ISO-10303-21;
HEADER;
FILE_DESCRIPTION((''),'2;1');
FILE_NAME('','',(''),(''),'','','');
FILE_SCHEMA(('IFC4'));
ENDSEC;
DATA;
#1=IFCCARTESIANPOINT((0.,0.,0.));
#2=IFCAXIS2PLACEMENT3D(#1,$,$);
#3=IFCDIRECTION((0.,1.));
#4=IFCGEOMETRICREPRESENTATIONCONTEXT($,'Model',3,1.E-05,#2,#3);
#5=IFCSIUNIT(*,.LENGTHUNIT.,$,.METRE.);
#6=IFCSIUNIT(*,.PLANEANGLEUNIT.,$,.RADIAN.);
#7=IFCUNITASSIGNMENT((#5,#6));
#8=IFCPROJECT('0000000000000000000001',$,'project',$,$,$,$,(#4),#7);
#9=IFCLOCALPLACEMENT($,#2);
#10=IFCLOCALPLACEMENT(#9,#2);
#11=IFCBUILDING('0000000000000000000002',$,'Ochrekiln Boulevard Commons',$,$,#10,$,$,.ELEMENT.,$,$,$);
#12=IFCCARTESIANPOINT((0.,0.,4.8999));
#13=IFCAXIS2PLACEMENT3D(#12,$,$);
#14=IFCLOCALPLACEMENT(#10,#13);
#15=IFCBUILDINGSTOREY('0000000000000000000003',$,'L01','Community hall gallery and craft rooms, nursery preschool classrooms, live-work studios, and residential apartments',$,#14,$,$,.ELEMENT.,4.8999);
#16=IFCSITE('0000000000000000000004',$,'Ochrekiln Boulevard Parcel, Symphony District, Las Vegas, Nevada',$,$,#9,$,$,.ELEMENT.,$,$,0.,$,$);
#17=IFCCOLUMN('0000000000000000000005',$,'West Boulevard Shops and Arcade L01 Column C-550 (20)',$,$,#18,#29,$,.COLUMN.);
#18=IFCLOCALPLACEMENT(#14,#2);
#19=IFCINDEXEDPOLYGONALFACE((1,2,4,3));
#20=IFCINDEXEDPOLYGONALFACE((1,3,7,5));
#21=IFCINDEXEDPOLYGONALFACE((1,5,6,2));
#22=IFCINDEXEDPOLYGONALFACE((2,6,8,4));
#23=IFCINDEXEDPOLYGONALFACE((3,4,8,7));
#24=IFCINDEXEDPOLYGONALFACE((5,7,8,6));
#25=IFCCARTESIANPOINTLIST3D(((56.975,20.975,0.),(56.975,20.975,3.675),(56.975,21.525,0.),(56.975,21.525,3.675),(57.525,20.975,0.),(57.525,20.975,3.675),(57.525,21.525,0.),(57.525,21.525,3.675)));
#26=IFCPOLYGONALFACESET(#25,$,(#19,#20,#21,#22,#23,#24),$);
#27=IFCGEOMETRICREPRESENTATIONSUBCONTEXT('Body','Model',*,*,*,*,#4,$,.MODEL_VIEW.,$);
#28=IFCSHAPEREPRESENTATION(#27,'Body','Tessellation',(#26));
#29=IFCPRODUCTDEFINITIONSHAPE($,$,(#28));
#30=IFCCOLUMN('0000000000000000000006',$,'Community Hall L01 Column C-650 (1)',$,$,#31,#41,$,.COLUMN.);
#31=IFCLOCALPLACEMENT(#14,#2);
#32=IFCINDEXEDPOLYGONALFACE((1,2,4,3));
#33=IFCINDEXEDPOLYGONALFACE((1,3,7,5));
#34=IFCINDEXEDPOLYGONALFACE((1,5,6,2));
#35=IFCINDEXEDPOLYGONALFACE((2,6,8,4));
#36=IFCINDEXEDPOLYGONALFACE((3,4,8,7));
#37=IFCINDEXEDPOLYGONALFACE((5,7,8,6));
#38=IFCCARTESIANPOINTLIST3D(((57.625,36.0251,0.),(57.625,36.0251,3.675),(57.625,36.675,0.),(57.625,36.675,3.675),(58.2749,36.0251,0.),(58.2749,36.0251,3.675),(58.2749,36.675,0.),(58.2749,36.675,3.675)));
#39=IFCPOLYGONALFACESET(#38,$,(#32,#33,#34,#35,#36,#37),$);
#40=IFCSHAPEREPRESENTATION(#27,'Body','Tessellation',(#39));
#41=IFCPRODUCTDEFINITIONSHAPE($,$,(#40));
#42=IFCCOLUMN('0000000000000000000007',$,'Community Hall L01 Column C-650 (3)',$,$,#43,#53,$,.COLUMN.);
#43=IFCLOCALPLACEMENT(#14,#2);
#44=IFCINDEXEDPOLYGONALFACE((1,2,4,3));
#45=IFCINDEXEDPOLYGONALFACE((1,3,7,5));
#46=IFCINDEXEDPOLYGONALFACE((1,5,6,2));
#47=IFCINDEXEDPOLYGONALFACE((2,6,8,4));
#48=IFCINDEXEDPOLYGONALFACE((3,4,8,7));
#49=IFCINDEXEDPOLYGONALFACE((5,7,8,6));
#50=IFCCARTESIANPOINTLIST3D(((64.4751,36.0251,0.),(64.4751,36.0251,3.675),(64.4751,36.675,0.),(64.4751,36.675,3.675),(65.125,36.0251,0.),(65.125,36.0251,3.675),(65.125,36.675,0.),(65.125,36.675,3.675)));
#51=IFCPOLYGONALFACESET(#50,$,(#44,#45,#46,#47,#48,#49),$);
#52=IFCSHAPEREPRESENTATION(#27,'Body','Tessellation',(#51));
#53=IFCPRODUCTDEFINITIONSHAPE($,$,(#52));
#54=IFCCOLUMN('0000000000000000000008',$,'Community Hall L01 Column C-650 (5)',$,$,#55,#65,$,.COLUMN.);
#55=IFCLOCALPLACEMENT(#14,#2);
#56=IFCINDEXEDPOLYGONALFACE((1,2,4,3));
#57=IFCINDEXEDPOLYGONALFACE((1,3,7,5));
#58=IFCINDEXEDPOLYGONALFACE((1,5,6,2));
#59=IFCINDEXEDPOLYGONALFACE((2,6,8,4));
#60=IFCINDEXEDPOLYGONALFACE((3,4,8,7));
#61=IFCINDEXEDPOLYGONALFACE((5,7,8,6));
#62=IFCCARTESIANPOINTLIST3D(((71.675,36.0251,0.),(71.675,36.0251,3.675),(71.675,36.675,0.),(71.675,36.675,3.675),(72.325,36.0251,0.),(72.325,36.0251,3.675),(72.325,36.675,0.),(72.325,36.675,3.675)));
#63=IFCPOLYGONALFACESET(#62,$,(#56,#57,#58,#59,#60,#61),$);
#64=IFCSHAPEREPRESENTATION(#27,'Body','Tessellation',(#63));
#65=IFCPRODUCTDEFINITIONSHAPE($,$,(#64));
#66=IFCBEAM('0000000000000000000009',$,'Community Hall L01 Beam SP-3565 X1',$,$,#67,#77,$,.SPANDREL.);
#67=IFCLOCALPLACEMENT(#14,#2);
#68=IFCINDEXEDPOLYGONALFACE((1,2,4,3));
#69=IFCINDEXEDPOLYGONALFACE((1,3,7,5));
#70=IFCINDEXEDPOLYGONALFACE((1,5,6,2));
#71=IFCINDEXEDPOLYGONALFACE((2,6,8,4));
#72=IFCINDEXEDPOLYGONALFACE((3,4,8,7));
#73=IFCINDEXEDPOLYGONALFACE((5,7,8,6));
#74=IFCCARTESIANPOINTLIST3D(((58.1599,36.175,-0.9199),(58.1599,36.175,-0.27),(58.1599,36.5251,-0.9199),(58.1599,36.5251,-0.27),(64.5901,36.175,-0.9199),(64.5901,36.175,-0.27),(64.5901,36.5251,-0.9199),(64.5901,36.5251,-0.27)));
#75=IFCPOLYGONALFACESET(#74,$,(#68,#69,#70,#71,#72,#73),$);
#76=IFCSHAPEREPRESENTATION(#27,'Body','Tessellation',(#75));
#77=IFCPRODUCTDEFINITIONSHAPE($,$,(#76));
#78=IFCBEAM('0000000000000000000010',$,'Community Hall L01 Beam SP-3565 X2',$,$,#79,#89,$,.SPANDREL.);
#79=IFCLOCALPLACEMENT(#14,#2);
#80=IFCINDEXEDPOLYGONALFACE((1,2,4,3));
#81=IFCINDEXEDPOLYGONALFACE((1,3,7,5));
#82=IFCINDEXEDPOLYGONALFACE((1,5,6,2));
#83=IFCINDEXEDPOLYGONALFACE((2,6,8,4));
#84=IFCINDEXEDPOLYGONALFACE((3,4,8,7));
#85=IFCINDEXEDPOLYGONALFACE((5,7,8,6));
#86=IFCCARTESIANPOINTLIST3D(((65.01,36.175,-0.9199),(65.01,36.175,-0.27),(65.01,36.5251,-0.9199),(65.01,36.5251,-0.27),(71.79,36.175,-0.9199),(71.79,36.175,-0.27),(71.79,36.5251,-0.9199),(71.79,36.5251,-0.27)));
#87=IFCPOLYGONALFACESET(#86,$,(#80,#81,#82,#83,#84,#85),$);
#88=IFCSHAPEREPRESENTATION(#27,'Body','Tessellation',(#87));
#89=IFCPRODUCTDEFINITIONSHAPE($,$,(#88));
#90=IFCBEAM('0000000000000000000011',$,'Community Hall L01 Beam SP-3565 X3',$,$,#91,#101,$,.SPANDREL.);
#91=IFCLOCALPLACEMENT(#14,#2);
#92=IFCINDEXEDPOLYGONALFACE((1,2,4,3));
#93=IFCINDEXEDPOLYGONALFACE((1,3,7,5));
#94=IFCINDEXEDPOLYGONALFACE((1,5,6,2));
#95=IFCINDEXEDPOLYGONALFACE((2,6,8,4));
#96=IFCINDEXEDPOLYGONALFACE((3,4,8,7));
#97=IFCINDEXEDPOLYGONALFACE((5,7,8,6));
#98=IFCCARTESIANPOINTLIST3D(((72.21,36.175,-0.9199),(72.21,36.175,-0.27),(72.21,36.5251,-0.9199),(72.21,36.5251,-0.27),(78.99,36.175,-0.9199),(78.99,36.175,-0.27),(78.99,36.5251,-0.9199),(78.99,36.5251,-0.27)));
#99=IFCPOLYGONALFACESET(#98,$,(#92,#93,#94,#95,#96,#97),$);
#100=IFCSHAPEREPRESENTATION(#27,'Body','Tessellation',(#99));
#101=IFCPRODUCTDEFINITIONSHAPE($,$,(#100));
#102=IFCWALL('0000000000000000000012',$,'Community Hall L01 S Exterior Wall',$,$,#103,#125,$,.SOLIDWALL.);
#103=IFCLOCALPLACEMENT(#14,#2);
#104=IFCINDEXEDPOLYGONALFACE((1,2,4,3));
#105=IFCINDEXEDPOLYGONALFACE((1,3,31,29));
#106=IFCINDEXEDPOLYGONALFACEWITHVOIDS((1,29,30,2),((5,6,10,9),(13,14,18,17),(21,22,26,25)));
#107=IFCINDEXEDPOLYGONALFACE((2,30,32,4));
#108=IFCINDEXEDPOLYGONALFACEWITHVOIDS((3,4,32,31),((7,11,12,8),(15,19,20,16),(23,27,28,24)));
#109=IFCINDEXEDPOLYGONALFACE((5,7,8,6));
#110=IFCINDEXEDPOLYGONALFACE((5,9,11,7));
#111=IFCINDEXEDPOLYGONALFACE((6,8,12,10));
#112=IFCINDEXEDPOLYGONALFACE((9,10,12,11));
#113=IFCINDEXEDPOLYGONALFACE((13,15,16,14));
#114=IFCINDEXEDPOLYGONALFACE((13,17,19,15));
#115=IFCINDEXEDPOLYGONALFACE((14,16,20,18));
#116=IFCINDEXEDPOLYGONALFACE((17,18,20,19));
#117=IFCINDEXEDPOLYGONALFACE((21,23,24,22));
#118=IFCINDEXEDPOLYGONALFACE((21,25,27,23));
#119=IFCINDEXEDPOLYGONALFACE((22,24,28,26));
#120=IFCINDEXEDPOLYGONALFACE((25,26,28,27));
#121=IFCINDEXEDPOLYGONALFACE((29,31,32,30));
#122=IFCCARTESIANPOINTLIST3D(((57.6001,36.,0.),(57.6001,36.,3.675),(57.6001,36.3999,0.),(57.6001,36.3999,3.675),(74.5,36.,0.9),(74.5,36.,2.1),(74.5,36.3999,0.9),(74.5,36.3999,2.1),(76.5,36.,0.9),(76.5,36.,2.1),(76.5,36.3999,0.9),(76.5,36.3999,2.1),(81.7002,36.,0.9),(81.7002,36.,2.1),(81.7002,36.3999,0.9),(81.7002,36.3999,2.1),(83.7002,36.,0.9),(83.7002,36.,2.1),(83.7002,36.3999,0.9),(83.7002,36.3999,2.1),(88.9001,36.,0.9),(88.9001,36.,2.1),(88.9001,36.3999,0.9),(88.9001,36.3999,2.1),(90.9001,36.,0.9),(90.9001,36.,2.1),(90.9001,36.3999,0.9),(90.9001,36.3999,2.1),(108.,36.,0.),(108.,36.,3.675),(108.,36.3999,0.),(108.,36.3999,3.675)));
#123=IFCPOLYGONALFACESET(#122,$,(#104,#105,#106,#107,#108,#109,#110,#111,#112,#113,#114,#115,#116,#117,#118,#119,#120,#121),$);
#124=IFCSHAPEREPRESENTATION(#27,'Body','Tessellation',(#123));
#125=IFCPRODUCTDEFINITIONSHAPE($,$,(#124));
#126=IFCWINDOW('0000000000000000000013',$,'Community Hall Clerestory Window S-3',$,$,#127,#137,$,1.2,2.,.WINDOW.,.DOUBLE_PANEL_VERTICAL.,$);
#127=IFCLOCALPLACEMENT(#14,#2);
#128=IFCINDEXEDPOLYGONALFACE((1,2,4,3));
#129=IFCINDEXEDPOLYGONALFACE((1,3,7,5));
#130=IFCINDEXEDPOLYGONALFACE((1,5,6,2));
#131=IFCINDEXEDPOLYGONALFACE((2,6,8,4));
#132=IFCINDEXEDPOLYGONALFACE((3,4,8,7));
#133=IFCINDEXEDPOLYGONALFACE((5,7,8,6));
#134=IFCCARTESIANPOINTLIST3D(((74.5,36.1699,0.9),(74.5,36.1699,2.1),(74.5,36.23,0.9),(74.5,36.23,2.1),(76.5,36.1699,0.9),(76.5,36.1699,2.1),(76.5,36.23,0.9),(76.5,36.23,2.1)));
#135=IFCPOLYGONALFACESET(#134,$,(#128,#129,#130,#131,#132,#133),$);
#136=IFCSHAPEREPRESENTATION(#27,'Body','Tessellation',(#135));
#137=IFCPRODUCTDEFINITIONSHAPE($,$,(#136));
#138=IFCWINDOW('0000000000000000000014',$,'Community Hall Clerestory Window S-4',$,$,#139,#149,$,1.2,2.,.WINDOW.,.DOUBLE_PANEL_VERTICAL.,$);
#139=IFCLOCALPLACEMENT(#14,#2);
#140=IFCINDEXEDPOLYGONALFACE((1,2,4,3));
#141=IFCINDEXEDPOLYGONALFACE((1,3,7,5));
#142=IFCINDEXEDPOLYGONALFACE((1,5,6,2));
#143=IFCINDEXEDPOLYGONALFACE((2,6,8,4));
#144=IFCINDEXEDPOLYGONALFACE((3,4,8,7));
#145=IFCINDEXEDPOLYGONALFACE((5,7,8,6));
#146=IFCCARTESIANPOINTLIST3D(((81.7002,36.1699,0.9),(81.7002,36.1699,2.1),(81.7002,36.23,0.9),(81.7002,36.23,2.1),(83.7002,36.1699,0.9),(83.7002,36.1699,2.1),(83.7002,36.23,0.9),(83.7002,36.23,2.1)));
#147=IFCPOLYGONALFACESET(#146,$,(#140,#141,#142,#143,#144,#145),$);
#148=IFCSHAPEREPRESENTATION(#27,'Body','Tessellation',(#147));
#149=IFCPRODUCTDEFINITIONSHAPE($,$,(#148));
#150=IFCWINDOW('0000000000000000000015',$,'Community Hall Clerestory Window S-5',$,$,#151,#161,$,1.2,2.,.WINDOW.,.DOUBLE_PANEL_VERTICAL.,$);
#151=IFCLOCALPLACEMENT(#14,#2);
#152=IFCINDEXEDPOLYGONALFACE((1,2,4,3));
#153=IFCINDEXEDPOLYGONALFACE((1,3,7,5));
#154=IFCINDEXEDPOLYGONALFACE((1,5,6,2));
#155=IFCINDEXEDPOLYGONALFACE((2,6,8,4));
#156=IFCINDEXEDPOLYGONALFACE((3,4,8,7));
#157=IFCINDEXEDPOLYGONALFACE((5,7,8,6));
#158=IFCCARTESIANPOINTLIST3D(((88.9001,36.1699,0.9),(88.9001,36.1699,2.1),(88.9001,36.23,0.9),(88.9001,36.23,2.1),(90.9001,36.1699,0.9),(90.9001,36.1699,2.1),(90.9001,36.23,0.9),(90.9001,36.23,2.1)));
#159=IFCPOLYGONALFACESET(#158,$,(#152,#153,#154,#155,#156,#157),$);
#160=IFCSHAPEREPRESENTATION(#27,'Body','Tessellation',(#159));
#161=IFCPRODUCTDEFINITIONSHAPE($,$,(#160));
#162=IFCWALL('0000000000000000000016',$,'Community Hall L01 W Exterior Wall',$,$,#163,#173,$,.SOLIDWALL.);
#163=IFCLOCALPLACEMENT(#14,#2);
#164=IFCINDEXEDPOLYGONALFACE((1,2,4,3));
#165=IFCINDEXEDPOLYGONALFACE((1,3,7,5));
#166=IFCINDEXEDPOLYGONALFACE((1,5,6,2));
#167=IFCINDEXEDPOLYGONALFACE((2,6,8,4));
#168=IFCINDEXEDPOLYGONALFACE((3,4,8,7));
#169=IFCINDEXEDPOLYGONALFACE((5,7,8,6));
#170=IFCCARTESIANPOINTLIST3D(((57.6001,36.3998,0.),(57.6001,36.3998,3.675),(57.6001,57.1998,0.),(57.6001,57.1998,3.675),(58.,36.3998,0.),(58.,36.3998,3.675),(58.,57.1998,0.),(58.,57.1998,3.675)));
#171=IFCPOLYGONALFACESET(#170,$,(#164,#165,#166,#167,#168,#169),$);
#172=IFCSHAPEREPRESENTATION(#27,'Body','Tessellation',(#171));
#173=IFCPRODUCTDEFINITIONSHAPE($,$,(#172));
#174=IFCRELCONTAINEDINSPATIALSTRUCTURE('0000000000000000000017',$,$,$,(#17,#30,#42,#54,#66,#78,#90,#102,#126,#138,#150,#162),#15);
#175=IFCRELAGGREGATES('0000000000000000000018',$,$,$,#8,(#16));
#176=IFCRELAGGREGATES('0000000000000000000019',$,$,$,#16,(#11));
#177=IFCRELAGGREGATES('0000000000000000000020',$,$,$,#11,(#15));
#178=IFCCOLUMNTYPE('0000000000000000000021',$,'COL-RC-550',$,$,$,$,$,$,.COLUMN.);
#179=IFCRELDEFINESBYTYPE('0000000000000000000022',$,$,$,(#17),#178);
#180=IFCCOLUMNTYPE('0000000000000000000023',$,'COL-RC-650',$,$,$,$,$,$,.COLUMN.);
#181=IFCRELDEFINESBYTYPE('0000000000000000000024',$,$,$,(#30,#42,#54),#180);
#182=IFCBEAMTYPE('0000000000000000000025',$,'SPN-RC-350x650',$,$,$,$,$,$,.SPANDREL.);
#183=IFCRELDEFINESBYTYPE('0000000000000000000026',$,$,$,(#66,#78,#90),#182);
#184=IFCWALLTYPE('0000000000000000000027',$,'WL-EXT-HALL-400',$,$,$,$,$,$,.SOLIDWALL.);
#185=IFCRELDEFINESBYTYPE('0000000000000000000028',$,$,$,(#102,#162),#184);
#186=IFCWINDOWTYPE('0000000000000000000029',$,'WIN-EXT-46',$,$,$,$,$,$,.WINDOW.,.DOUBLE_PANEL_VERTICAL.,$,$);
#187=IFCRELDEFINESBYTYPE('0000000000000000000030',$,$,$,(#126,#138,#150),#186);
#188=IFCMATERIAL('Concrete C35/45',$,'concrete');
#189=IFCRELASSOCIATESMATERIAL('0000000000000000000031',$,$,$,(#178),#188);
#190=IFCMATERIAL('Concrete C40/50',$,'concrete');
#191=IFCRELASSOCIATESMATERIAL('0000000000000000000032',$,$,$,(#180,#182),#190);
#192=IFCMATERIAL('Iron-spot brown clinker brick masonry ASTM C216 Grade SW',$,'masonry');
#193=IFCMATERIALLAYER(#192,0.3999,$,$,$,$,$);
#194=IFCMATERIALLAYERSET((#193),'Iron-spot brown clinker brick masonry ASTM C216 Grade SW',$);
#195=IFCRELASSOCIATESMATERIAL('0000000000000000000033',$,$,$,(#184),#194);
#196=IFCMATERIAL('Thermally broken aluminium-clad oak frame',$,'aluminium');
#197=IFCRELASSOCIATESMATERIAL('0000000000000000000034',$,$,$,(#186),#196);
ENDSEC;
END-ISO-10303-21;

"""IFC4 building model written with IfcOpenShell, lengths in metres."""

from ifc_helpers import new_model, si_unit, direction, frame, frame_2d, origin, origin_2d, place, context, subcontext, project, spatial, rectangle, extrude, material, layer, layer_set, material_profile, profile_set, type_object, element, fill, save


model = new_model("IFC4")

# Units and contexts
model_context = context("Model", 3, precision=1e-05, world=origin(), true_north=direction((0.0, 1.0)))
body_context = subcontext(model_context, "Body", "Model", "MODEL_VIEW")
ifc_project = project(units=[si_unit("LENGTHUNIT", "METRE"), si_unit("PLANEANGLEUNIT", "RADIAN")], contexts=[model_context])

# Site, building, storey
site_placement = place(None, origin())
site = spatial("IfcSite", under=ifc_project, at=site_placement, Name="Ochrekiln Boulevard Parcel, Symphony District, Las Vegas, Nevada", CompositionType="ELEMENT", RefElevation=0.0)
building_placement = place(site_placement, origin())
building = spatial("IfcBuilding", under=site, at=building_placement, Name="Ochrekiln Boulevard Commons", CompositionType="ELEMENT")
storey_placement = place(building_placement, frame((0.0, 0.0, 4.8999)))
storey = spatial("IfcBuildingStorey", under=building, at=storey_placement, Name="L01", Description="Community hall gallery and craft rooms, nursery preschool classrooms, live-work studios, and residential apartments", CompositionType="ELEMENT", Elevation=4.8999)

# Columns
ifc_material_1 = material(Name="Concrete C35/45", Category="concrete")
ifc_material_profile_1 = material_profile(ifc_material_1, rectangle(XDim=0.55, YDim=0.55, at=origin_2d()), Name="RC-COL-550x550")
ifc_profile_set_1 = profile_set([ifc_material_profile_1], Name="Concrete C35/45")
column_type_1 = type_object("IfcColumnType", Name="COL-RC-550", PredefinedType="COLUMN", material=ifc_profile_set_1)
column_placement = place(storey_placement, frame((57.25, 21.25, 0.0), z_axis=(0.0, 0.0, 1.0), x_axis=(1.0, 0.0, 0.0)))
element("IfcColumn", 1, at=column_placement, inside=storey, type_object=column_type_1, Name="West Boulevard Shops and Arcade L01 Column C-550 (20)", PredefinedType="COLUMN", context=body_context, shape_type="SweptSolid", body=[
    extrude(rectangle(XDim=0.55, YDim=0.55, at=origin_2d()), origin(), (0.0, 0.0, 1.0), 3.675),
])
ifc_material_2 = material(Name="Concrete C40/50", Category="concrete")
ifc_material_profile_2 = material_profile(ifc_material_2, rectangle(XDim=0.6499, YDim=0.6499, at=origin_2d()), Name="RC-COL-650x650")
ifc_profile_set_2 = profile_set([ifc_material_profile_2], Name="Concrete C40/50")
column_type_2 = type_object("IfcColumnType", Name="COL-RC-650", PredefinedType="COLUMN", material=ifc_profile_set_2)
for number, where, z_axis, x_axis, name in (
    (2, (57.95, 36.3501, 0.0), (0.0, 0.0, 1.0), (1.0, 0.0, 0.0), "Community Hall L01 Column C-650 (1)"),
    (3, (64.8, 36.3501, 0.0), (0.0, 0.0, 1.0), (1.0, 0.0, 0.0), "Community Hall L01 Column C-650 (3)"),
    (4, (72.0, 36.3501, 0.0), (0.0, 0.0, 1.0), (1.0, 0.0, 0.0), "Community Hall L01 Column C-650 (5)"),
):
    element("IfcColumn", number, at=place(storey_placement, frame(where, z_axis=z_axis, x_axis=x_axis)), inside=storey, type_object=column_type_2, Name=name, PredefinedType="COLUMN", context=body_context, shape_type="SweptSolid", body=[
        extrude(rectangle(XDim=0.6499, YDim=0.6499, at=origin_2d()), origin(), (0.0, 0.0, 1.0), 3.675),
    ])

# Beams
ifc_material_profile_3 = material_profile(ifc_material_2, rectangle(XDim=0.3501, YDim=0.6499, at=origin_2d()), Name="RC-SPN-350x650")
ifc_profile_set_3 = profile_set([ifc_material_profile_3], Name="Concrete C40/50")
beam_type = type_object("IfcBeamType", Name="SPN-RC-350x650", PredefinedType="SPANDREL", material=ifc_profile_set_3)
beam_placement = place(storey_placement, frame((58.1599, 36.3501, -0.595), z_axis=(1.0, 0.0, 0.0), x_axis=(0.0, 1.0, 0.0)))
element("IfcBeam", 5, at=beam_placement, inside=storey, type_object=beam_type, Name="Community Hall L01 Beam SP-3565 X1", PredefinedType="SPANDREL", context=body_context, shape_type="SweptSolid", body=[
    extrude(rectangle(XDim=0.3501, YDim=0.6499, at=origin_2d()), origin(), (0.0, 0.0, 1.0), 6.4302),
])
for number, where, z_axis, x_axis, name in (
    (6, (65.01, 36.3501, -0.595), (1.0, 0.0, 0.0), (0.0, 1.0, 0.0), "Community Hall L01 Beam SP-3565 X2"),
    (7, (72.21, 36.3501, -0.595), (1.0, 0.0, 0.0), (0.0, 1.0, 0.0), "Community Hall L01 Beam SP-3565 X3"),
):
    element("IfcBeam", number, at=place(storey_placement, frame(where, z_axis=z_axis, x_axis=x_axis)), inside=storey, type_object=beam_type, Name=name, PredefinedType="SPANDREL", context=body_context, shape_type="SweptSolid", body=[
        extrude(rectangle(XDim=0.3501, YDim=0.6499, at=origin_2d()), origin(), (0.0, 0.0, 1.0), 6.78),
    ])

# Wall, openings, windows
ifc_material_3 = material(Name="Iron-spot brown clinker brick masonry ASTM C216 Grade SW", Category="masonry")
ifc_layer_1 = layer(ifc_material_3, 0.3999)
ifc_layer_set_1 = layer_set([ifc_layer_1], Name="Iron-spot brown clinker brick masonry ASTM C216 Grade SW")
wall_type_1 = type_object("IfcWallType", Name="WL-EXT-HALL-400", PredefinedType="SOLIDWALL", material=ifc_layer_set_1)
wall_1_placement = place(storey_placement, frame((57.6001, 36.2, 0.0), z_axis=(0.0, 0.0, 1.0), x_axis=(1.0, 0.0, 0.0)))
wall_1 = element("IfcWall", 8, at=wall_1_placement, inside=storey, type_object=wall_type_1, Name="Community Hall L01 S Exterior Wall", PredefinedType="SOLIDWALL", context=body_context, shape_type="SweptSolid", body=[
    extrude(rectangle(XDim=50.3999, YDim=0.3999, at=frame_2d((25.2, 0.0))), origin(), (0.0, 0.0, 1.0), 3.675),
])
opening_1_placement = place(wall_1_placement, frame((16.8999, 0.0, 0.8999)))
opening_1 = element("IfcOpeningElement", 9, at=opening_1_placement, cuts=wall_1, PredefinedType="OPENING", context=body_context, shape_type="SweptSolid", body=[
    extrude(rectangle(XDim=2.0, YDim=1.2, at=frame_2d((1.0, 0.6001))), frame((0.0, 0.21, 0.0), z_axis=(0.0, -1.0, 0.0), x_axis=(1.0, 0.0, 0.0)), (0.0, 0.0, 1.0), 0.4199),
])
opening_2_placement = place(wall_1_placement, frame((24.1001, 0.0, 0.8999)))
opening_2 = element("IfcOpeningElement", 10, at=opening_2_placement, cuts=wall_1, PredefinedType="OPENING", context=body_context, shape_type="SweptSolid", body=[
    extrude(rectangle(XDim=2.0, YDim=1.2, at=frame_2d((1.0, 0.6001))), frame((0.0, 0.21, 0.0), z_axis=(0.0, -1.0, 0.0), x_axis=(1.0, 0.0, 0.0)), (0.0, 0.0, 1.0), 0.4199),
])
opening_3_placement = place(wall_1_placement, frame((31.3, 0.0, 0.8999)))
opening_3 = element("IfcOpeningElement", 11, at=opening_3_placement, cuts=wall_1, PredefinedType="OPENING", context=body_context, shape_type="SweptSolid", body=[
    extrude(rectangle(XDim=2.0, YDim=1.2, at=frame_2d((1.0, 0.6001))), frame((0.0, 0.21, 0.0), z_axis=(0.0, -1.0, 0.0), x_axis=(1.0, 0.0, 0.0)), (0.0, 0.0, 1.0), 0.4199),
])
ifc_material_4 = material(Name="Thermally broken aluminium-clad oak frame", Category="aluminium")
window_type = type_object("IfcWindowType", Name="WIN-EXT-46", PartitioningType="DOUBLE_PANEL_VERTICAL", PredefinedType="WINDOW", material=ifc_material_4)
window_1_placement = place(opening_1_placement, origin())
window_1 = element("IfcWindow", 12, at=window_1_placement, inside=storey, type_object=window_type, Name="Community Hall Clerestory Window S-3", OverallHeight=1.2, OverallWidth=2.0, PartitioningType="DOUBLE_PANEL_VERTICAL", PredefinedType="WINDOW", context=body_context, shape_type="SweptSolid", body=[
    extrude(rectangle(XDim=2.0, YDim=1.2, at=frame_2d((1.0, 0.6001))), frame((0.0, 0.03, 0.0), z_axis=(0.0, -1.0, 0.0), x_axis=(1.0, 0.0, 0.0)), (0.0, 0.0, 1.0), 0.0601),
])
fill(opening_1, window_1)
window_2_placement = place(opening_2_placement, origin())
window_2 = element("IfcWindow", 13, at=window_2_placement, inside=storey, type_object=window_type, Name="Community Hall Clerestory Window S-4", OverallHeight=1.2, OverallWidth=2.0, PartitioningType="DOUBLE_PANEL_VERTICAL", PredefinedType="WINDOW", context=body_context, shape_type="SweptSolid", body=[
    extrude(rectangle(XDim=2.0, YDim=1.2, at=frame_2d((1.0, 0.6001))), frame((0.0, 0.03, 0.0), z_axis=(0.0, -1.0, 0.0), x_axis=(1.0, 0.0, 0.0)), (0.0, 0.0, 1.0), 0.0601),
])
fill(opening_2, window_2)
window_3_placement = place(opening_3_placement, origin())
window_3 = element("IfcWindow", 14, at=window_3_placement, inside=storey, type_object=window_type, Name="Community Hall Clerestory Window S-5", OverallHeight=1.2, OverallWidth=2.0, PartitioningType="DOUBLE_PANEL_VERTICAL", PredefinedType="WINDOW", context=body_context, shape_type="SweptSolid", body=[
    extrude(rectangle(XDim=2.0, YDim=1.2, at=frame_2d((1.0, 0.6001))), frame((0.0, 0.03, 0.0), z_axis=(0.0, -1.0, 0.0), x_axis=(1.0, 0.0, 0.0)), (0.0, 0.0, 1.0), 0.0601),
])
fill(opening_3, window_3)

# Wall
wall_2_placement = place(storey_placement, frame((57.8, 36.3999, 0.0), z_axis=(0.0, 0.0, 1.0), x_axis=(0.0, 1.0, 0.0)))
element("IfcWall", 15, at=wall_2_placement, inside=storey, type_object=wall_type_1, Name="Community Hall L01 W Exterior Wall", PredefinedType="SOLIDWALL", context=body_context, shape_type="SweptSolid", body=[
    extrude(rectangle(XDim=20.8, YDim=0.3999, at=frame_2d((10.3999, 0.0))), origin(), (0.0, 0.0, 1.0), 3.675),
])

save(model, "model.ifc")
